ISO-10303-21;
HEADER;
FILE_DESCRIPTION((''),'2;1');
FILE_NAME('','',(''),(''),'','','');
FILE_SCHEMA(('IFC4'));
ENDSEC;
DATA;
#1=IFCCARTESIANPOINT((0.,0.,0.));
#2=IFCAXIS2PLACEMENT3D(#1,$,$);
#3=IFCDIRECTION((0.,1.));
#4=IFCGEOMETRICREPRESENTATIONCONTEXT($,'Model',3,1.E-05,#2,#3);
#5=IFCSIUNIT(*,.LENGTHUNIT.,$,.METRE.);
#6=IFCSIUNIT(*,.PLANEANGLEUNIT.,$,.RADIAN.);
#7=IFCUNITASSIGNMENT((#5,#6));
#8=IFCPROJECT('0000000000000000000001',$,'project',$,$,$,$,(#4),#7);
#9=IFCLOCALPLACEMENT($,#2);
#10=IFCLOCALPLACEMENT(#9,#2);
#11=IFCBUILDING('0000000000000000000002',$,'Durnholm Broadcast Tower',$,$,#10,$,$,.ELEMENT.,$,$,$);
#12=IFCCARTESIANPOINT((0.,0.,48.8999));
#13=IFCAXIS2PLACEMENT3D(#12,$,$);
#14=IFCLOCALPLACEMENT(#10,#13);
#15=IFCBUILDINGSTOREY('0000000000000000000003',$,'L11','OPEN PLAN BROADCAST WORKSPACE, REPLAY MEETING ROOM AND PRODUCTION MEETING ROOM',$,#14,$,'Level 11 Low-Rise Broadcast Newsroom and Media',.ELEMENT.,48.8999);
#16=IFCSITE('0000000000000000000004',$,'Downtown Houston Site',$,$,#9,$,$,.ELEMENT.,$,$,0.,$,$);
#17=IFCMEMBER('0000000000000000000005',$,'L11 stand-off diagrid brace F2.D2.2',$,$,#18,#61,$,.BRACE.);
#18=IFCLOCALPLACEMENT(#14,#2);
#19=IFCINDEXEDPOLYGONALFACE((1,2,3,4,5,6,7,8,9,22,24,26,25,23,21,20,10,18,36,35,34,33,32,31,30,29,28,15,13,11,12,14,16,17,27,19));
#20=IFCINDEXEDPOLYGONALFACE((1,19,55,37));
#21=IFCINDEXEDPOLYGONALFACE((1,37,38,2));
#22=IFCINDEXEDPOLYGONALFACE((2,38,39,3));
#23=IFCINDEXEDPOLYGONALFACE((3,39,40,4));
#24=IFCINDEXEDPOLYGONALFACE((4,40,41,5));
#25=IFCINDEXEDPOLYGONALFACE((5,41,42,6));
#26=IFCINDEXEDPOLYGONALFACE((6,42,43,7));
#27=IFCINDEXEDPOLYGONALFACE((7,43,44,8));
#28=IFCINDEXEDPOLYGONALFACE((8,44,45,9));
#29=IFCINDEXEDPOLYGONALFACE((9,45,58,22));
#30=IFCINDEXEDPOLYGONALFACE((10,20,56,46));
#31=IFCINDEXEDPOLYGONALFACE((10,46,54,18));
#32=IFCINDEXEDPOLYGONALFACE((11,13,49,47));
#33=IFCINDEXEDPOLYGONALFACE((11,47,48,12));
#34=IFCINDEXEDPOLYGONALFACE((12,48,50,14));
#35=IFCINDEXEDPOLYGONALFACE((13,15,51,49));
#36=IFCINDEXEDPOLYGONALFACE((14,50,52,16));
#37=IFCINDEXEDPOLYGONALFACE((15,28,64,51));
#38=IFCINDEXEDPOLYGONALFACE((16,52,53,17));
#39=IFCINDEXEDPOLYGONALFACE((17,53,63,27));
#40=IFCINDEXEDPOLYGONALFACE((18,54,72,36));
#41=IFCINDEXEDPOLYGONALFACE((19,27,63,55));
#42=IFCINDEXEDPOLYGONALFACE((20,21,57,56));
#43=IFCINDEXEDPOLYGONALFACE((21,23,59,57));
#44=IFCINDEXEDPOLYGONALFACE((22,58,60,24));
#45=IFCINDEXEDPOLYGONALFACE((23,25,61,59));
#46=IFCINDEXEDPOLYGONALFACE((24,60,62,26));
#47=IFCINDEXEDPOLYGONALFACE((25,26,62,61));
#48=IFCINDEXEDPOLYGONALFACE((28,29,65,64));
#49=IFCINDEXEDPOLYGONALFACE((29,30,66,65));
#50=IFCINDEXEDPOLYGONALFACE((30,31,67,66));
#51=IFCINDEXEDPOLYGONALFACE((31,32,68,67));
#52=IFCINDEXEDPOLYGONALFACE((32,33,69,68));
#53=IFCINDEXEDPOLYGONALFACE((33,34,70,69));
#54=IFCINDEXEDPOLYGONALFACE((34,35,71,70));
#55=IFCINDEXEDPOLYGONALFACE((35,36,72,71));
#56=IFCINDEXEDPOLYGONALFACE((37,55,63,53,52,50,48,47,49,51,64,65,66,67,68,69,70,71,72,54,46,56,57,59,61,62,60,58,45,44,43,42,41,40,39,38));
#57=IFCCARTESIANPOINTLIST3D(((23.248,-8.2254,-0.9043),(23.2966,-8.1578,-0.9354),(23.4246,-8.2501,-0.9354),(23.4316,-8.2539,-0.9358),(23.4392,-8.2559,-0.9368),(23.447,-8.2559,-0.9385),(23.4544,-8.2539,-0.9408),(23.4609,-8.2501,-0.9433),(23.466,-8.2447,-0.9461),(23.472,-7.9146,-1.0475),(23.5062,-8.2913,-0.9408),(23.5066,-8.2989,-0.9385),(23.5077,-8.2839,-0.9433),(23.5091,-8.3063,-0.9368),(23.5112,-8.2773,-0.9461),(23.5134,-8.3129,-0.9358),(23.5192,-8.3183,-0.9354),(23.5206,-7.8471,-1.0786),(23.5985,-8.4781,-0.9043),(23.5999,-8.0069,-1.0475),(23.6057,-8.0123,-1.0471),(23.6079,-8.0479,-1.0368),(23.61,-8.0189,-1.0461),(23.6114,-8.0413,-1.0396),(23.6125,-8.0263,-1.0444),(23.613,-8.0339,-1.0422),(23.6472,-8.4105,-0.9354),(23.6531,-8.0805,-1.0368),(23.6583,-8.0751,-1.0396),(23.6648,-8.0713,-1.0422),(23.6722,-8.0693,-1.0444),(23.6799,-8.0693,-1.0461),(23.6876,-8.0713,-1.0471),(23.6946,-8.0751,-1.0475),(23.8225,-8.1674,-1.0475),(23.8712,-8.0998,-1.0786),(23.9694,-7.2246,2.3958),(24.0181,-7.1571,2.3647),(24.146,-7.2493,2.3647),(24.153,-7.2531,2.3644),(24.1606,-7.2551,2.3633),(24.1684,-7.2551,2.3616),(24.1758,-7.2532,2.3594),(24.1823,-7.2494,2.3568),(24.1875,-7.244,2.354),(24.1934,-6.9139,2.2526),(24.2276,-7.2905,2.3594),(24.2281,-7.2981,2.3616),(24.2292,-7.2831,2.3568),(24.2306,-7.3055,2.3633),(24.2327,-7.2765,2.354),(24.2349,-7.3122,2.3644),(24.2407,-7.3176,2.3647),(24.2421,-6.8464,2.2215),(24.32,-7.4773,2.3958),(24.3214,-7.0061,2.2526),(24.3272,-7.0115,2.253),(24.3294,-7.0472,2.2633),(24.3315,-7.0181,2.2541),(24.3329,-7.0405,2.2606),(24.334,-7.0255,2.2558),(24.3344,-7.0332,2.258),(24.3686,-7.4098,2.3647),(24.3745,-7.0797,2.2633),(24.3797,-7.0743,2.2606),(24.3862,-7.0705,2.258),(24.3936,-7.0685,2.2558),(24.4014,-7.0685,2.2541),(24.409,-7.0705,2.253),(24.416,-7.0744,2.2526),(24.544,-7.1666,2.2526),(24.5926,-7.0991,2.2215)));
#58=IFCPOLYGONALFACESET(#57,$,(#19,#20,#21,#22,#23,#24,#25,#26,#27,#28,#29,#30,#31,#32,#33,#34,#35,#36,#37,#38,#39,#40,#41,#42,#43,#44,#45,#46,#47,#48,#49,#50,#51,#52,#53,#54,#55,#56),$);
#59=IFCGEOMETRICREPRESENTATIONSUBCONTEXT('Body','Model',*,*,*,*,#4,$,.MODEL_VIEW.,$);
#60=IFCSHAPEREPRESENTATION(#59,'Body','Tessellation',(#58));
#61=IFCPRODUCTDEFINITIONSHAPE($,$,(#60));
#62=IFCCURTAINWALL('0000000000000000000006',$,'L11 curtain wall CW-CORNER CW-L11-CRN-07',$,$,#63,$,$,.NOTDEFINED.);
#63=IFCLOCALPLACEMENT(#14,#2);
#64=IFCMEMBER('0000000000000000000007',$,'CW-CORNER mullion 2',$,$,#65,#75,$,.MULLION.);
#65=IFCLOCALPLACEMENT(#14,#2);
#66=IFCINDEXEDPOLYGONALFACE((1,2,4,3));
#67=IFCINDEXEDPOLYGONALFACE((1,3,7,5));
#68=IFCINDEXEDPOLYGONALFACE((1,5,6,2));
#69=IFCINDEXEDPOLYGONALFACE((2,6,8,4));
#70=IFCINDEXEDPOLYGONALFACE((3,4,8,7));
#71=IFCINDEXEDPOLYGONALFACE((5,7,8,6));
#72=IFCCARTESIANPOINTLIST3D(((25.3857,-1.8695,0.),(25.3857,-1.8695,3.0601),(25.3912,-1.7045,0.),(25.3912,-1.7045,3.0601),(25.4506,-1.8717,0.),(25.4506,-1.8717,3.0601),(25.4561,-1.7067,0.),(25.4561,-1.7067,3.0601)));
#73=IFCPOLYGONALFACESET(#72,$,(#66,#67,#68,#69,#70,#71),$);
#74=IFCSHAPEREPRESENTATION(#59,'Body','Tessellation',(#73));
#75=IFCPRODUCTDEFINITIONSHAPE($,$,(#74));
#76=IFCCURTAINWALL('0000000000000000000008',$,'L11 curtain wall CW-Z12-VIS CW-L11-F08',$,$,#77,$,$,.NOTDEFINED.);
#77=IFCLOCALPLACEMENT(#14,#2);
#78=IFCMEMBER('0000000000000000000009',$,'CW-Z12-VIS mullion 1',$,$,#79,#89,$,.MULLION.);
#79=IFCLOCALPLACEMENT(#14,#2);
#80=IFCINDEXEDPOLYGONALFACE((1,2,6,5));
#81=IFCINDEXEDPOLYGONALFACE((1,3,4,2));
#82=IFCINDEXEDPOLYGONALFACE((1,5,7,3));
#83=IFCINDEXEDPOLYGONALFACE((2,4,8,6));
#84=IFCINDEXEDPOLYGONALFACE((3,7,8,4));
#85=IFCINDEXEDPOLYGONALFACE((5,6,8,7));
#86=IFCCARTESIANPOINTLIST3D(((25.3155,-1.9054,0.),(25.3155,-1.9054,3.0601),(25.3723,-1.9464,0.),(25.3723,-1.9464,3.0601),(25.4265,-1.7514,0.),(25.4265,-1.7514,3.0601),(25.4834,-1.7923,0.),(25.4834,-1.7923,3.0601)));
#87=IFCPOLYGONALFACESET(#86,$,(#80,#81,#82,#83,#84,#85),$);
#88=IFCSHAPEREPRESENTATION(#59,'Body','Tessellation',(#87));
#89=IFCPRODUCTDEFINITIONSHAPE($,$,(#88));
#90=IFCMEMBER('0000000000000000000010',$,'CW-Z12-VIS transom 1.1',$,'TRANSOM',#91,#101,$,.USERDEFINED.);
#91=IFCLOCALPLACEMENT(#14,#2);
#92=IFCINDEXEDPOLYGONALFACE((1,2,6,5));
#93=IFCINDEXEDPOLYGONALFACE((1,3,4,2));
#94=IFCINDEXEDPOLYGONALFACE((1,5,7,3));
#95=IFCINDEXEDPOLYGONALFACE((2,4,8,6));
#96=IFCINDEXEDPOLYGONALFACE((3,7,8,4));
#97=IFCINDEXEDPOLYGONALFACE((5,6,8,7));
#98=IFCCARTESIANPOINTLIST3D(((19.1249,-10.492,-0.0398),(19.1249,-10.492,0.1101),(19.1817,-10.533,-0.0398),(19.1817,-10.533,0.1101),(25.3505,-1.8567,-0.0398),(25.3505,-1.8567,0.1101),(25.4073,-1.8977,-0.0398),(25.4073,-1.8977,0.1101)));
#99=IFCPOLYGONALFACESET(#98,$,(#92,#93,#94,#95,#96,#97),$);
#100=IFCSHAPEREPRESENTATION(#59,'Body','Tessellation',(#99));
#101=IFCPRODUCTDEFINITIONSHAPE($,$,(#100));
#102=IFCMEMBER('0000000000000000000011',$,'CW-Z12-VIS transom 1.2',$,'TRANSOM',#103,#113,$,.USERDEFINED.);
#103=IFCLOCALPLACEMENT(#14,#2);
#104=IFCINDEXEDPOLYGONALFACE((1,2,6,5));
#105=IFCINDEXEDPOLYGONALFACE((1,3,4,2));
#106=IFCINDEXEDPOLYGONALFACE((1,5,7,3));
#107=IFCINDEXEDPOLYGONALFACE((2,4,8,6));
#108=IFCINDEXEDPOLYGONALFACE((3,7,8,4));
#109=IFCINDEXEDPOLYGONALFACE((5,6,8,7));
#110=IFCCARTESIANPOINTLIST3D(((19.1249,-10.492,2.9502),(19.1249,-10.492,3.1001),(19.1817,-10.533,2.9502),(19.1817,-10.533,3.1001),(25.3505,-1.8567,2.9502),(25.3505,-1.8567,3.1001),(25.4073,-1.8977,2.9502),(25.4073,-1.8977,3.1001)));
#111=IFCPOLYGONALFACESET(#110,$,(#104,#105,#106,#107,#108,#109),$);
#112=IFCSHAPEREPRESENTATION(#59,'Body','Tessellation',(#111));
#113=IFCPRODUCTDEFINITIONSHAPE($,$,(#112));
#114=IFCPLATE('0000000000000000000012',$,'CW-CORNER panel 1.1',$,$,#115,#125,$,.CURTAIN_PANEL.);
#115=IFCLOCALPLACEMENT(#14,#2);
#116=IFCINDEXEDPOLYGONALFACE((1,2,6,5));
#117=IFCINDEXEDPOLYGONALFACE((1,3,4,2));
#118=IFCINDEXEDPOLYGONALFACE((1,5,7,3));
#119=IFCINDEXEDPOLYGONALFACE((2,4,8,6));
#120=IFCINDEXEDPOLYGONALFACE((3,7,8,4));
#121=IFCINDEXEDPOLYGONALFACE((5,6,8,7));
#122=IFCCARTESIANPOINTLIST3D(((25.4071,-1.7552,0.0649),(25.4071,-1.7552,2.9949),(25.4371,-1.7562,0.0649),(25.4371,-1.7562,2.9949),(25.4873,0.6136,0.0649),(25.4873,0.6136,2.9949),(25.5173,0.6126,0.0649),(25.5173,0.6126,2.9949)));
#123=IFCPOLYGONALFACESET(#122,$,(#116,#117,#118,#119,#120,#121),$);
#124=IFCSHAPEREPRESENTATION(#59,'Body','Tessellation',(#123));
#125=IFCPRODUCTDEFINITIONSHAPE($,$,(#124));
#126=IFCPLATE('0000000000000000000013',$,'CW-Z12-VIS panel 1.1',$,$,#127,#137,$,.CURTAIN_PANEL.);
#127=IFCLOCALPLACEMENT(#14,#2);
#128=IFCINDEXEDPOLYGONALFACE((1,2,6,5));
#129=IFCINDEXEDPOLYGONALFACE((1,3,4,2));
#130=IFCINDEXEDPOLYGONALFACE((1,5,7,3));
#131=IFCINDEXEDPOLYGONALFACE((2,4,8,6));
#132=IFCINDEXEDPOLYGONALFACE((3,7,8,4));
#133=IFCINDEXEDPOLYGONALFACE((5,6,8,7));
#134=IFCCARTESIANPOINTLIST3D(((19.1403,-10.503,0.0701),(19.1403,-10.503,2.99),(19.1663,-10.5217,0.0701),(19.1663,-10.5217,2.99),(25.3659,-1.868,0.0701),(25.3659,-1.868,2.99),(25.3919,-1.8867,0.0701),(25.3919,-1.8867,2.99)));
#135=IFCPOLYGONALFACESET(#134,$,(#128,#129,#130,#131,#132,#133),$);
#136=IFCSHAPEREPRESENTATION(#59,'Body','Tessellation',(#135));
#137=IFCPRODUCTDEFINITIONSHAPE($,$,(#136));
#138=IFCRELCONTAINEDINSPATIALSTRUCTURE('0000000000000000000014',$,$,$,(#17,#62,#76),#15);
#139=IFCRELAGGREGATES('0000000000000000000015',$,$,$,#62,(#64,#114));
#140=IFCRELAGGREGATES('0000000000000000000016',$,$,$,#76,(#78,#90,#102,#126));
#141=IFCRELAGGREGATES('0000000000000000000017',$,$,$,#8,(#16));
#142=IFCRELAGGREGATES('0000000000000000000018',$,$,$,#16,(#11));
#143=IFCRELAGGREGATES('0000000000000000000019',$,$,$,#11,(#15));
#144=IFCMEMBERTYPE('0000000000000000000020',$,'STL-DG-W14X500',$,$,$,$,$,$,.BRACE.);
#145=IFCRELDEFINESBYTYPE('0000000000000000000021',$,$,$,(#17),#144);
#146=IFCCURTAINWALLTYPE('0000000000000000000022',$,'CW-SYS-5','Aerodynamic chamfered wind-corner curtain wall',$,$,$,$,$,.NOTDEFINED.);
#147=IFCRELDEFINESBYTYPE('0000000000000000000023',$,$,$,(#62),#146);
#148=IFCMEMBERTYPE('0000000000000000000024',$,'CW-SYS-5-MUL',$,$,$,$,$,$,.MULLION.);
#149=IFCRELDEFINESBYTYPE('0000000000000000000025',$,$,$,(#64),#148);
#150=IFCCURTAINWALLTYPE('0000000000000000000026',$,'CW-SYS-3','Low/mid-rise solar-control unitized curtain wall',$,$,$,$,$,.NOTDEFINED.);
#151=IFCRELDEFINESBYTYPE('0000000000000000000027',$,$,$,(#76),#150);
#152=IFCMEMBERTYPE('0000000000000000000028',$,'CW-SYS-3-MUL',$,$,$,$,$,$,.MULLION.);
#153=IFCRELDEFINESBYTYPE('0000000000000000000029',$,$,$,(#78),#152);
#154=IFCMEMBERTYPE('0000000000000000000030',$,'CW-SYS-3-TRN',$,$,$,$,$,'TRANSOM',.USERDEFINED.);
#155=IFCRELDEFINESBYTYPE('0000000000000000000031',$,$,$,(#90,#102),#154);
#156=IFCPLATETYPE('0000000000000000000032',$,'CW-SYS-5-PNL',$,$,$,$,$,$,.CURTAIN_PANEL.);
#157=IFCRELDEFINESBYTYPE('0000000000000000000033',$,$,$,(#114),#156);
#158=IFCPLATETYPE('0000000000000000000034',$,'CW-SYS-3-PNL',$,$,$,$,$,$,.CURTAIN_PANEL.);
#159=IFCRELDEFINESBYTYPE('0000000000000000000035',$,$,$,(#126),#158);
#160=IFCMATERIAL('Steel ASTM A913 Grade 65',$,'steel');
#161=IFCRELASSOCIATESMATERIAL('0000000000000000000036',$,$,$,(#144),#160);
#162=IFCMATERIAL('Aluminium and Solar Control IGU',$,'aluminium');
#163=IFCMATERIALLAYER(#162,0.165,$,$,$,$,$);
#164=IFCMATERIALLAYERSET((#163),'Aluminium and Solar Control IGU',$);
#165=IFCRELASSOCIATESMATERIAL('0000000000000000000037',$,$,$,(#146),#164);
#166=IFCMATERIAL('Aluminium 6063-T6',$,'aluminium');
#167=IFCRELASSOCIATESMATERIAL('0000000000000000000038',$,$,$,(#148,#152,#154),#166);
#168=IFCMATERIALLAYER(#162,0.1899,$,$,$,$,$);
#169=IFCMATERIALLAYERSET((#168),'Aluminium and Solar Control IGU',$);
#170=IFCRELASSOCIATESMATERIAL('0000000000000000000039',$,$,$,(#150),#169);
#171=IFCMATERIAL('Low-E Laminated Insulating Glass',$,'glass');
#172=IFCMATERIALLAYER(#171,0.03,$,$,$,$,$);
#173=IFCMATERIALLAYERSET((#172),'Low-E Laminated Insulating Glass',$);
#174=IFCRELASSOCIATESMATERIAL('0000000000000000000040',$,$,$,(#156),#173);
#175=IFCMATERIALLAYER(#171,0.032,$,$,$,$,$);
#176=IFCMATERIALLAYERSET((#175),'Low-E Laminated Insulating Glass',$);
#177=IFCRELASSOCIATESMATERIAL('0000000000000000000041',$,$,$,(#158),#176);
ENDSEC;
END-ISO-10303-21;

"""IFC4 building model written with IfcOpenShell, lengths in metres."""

from ifc_helpers import new_model, si_unit, direction, frame, origin, origin_2d, place, context, subcontext, project, spatial, rectangle, i_section, extrude, source, transform, mapped, material, layer, layer_set, material_profile, profile_set, type_object, type_shapes, element, aggregate, save


model = new_model("IFC4")

# Units and contexts
model_context = context("Model", 3, precision=1e-05, world=origin(), true_north=direction((0.0, 1.0)))
body_context = subcontext(model_context, "Body", "Model", "MODEL_VIEW")
ifc_project = project(units=[si_unit("LENGTHUNIT", "METRE"), si_unit("PLANEANGLEUNIT", "RADIAN")], contexts=[model_context])

# Site, building, storey
site_placement = place(None, origin())
site = spatial("IfcSite", under=ifc_project, at=site_placement, Name="Downtown Houston Site", CompositionType="ELEMENT", RefElevation=0.0)
building_placement = place(site_placement, origin())
building = spatial("IfcBuilding", under=site, at=building_placement, Name="Durnholm Broadcast Tower", CompositionType="ELEMENT")
storey_placement = place(building_placement, frame((0.0, 0.0, 48.8999)))
storey = spatial("IfcBuildingStorey", under=building, at=storey_placement, Name="L11", Description="OPEN PLAN BROADCAST WORKSPACE, REPLAY MEETING ROOM AND PRODUCTION MEETING ROOM", LongName="Level 11 Low-Rise Broadcast Newsroom and Media", CompositionType="ELEMENT", Elevation=48.8999)

# Member
ifc_material_1 = material(Name="Steel ASTM A913 Grade 65", Category="steel")
ifc_material_profile_1 = material_profile(ifc_material_1, i_section(OverallWidth=0.4321, OverallDepth=0.4978, WebThickness=0.0557, FlangeThickness=0.0889, FilletRadius=0.0305, at=origin_2d()), Name="W14X500")
ifc_profile_set_1 = profile_set([ifc_material_profile_1], Name="Steel ASTM A913 Grade 65")
member_type_1 = type_object("IfcMemberType", Name="STL-DG-W14X500", PredefinedType="BRACE", material=ifc_profile_set_1)
shared_shape_1 = source(origin(), body_context, "Body", "SweptSolid", [
    extrude(i_section(OverallWidth=0.4321, OverallDepth=0.4978, WebThickness=0.0557, FlangeThickness=0.0889, FilletRadius=0.0305, at=origin_2d()), origin(), (0.0, 0.0, 1.0), 3.5232),
])
type_shapes(member_type_1, [shared_shape_1])
for number, where, z_axis, x_axis, name in (
    (1, (23.5596, -8.1626, -0.9915), (0.204773, 0.284049, 0.936688), (-0.811185, 0.584789, 0.0), "L11 stand-off diagrid brace F2.D2.2"),
):
    element("IfcMember", number, at=place(storey_placement, frame(where, z_axis=z_axis, x_axis=x_axis)), inside=storey, type_object=member_type_1, Name=name, PredefinedType="BRACE", context=body_context, shape_type="MappedRepresentation", body=[
        mapped(shared_shape_1, transform((0.0, 0.0, 0.0), x_axis=(1.0, 0.0, 0.0), y_axis=(0.0, 1.0, 0.0), z_axis=(0.0, 0.0, 1.0), scale=1.0)),
    ])

# Curtain wall, member
ifc_material_2 = material(Name="Aluminium and Solar Control IGU", Category="aluminium")
ifc_layer_1 = layer(ifc_material_2, 0.165)
ifc_layer_set_1 = layer_set([ifc_layer_1], Name="Aluminium and Solar Control IGU")
curtain_wall_type_1 = type_object("IfcCurtainWallType", Name="CW-SYS-5", Description="Aerodynamic chamfered wind-corner curtain wall", PredefinedType="NOTDEFINED", material=ifc_layer_set_1)
curtain_wall_1_placement = place(storey_placement, origin())
curtain_wall_1 = element("IfcCurtainWall", 2, at=curtain_wall_1_placement, inside=storey, type_object=curtain_wall_type_1, Name="L11 curtain wall CW-CORNER CW-L11-CRN-07", PredefinedType="NOTDEFINED")
ifc_material_3 = material(Name="Aluminium 6063-T6", Category="aluminium")
ifc_material_profile_2 = material_profile(ifc_material_3, rectangle(XDim=0.0649, YDim=0.165, at=origin_2d()), Name="CWM65X165")
ifc_profile_set_2 = profile_set([ifc_material_profile_2], Name="Aluminium 6063-T6")
member_type_2 = type_object("IfcMemberType", Name="CW-SYS-5-MUL", PredefinedType="MULLION", material=ifc_profile_set_2)
shared_shape_2 = source(origin(), body_context, "Body", "SweptSolid", [
    extrude(rectangle(XDim=0.0649, YDim=0.165, at=origin_2d()), origin(), (0.0, 0.0, 1.0), 3.0601),
])
type_shapes(member_type_2, [shared_shape_2])
member_1_placement = place(storey_placement, frame((25.4209, -1.7881, 0.0), z_axis=(0.0, 0.0, 1.0), x_axis=(0.999427, -0.03384, 0.0)))
member_1 = element("IfcMember", 3, at=member_1_placement, type_object=member_type_2, Name="CW-CORNER mullion 2", PredefinedType="MULLION", context=body_context, shape_type="MappedRepresentation", body=[
    mapped(shared_shape_2, transform((0.0, 0.0, 0.0), x_axis=(1.0, 0.0, 0.0), y_axis=(0.0, 1.0, 0.0), z_axis=(0.0, 0.0, 1.0), scale=1.0)),
])

# Curtain wall, members
ifc_layer_2 = layer(ifc_material_2, 0.1899)
ifc_layer_set_2 = layer_set([ifc_layer_2], Name="Aluminium and Solar Control IGU")
curtain_wall_type_2 = type_object("IfcCurtainWallType", Name="CW-SYS-3", Description="Low/mid-rise solar-control unitized curtain wall", PredefinedType="NOTDEFINED", material=ifc_layer_set_2)
curtain_wall_2_placement = place(storey_placement, origin())
curtain_wall_2 = element("IfcCurtainWall", 4, at=curtain_wall_2_placement, inside=storey, type_object=curtain_wall_type_2, Name="L11 curtain wall CW-Z12-VIS CW-L11-F08", PredefinedType="NOTDEFINED")
ifc_material_profile_3 = material_profile(ifc_material_3, rectangle(XDim=0.0701, YDim=0.1899, at=origin_2d()), Name="CWM70X190")
ifc_profile_set_3 = profile_set([ifc_material_profile_3], Name="Aluminium 6063-T6")
member_type_3 = type_object("IfcMemberType", Name="CW-SYS-3-MUL", PredefinedType="MULLION", material=ifc_profile_set_3)
shared_shape_3 = source(origin(), body_context, "Body", "SweptSolid", [
    extrude(rectangle(XDim=0.0701, YDim=0.1899, at=origin_2d()), origin(), (0.0, 0.0, 1.0), 3.0601),
])
type_shapes(member_type_3, [shared_shape_3])
member_2_placement = place(storey_placement, frame((25.3994, -1.8489, 0.0), z_axis=(0.0, 0.0, 1.0), x_axis=(0.811161, -0.584823, 0.0)))
member_2 = element("IfcMember", 5, at=member_2_placement, type_object=member_type_3, Name="CW-Z12-VIS mullion 1", PredefinedType="MULLION", context=body_context, shape_type="MappedRepresentation", body=[
    mapped(shared_shape_3, transform((0.0, 0.0, 0.0), x_axis=(1.0, 0.0, 0.0), y_axis=(0.0, 1.0, 0.0), z_axis=(0.0, 0.0, 1.0), scale=1.0)),
])
ifc_material_profile_4 = material_profile(ifc_material_3, rectangle(XDim=0.0701, YDim=0.1499, at=origin_2d()), Name="CWT70X150")
ifc_profile_set_4 = profile_set([ifc_material_profile_4], Name="Aluminium 6063-T6")
member_type_4 = type_object("IfcMemberType", Name="CW-SYS-3-TRN", ElementType="TRANSOM", PredefinedType="USERDEFINED", material=ifc_profile_set_4)
shared_shape_4 = source(origin(), body_context, "Body", "SweptSolid", [
    extrude(rectangle(XDim=0.0701, YDim=0.1499, at=origin_2d()), origin(), (0.0, 0.0, 1.0), 10.6455),
])
type_shapes(member_type_4, [shared_shape_4])
member_3_placement = place(storey_placement, frame((25.3789, -1.8772, 0.0352), z_axis=(-0.584812, -0.811169, 0.0), x_axis=(0.811169, -0.584812, 0.0)))
member_3 = element("IfcMember", 6, at=member_3_placement, type_object=member_type_4, Name="CW-Z12-VIS transom 1.1", ObjectType="TRANSOM", PredefinedType="USERDEFINED", context=body_context, shape_type="MappedRepresentation", body=[
    mapped(shared_shape_4, transform((0.0, 0.0, 0.0), x_axis=(1.0, 0.0, 0.0), y_axis=(0.0, 1.0, 0.0), z_axis=(0.0, 0.0, 1.0), scale=1.0)),
])
member_4_placement = place(storey_placement, frame((25.3789, -1.8772, 3.0251), z_axis=(-0.584812, -0.811169, 0.0), x_axis=(0.811169, -0.584812, 0.0)))
member_4 = element("IfcMember", 7, at=member_4_placement, type_object=member_type_4, Name="CW-Z12-VIS transom 1.2", ObjectType="TRANSOM", PredefinedType="USERDEFINED", context=body_context, shape_type="MappedRepresentation", body=[
    mapped(shared_shape_4, transform((0.0, 0.0, 0.0), x_axis=(1.0, 0.0, 0.0), y_axis=(0.0, 1.0, 0.0), z_axis=(0.0, 0.0, 1.0), scale=1.0)),
])

# Plates
ifc_material_4 = material(Name="Low-E Laminated Insulating Glass", Category="glass")
ifc_layer_3 = layer(ifc_material_4, 0.03)
ifc_layer_set_3 = layer_set([ifc_layer_3], Name="Low-E Laminated Insulating Glass")
plate_type_1 = type_object("IfcPlateType", Name="CW-SYS-5-PNL", PredefinedType="CURTAIN_PANEL", material=ifc_layer_set_3)
shared_shape_5 = source(origin(), body_context, "Body", "SweptSolid", [
    extrude(rectangle(XDim=2.3701, YDim=0.03, at=origin_2d()), origin(), (0.0, 0.0, 1.0), 2.9299),
])
type_shapes(plate_type_1, [shared_shape_5])
plate_1_placement = place(storey_placement, frame((25.4622, -0.5713, 0.0649), z_axis=(0.0, 0.0, 1.0), x_axis=(-0.03384, -0.999427, 0.0)))
plate_1 = element("IfcPlate", 8, at=plate_1_placement, type_object=plate_type_1, Name="CW-CORNER panel 1.1", PredefinedType="CURTAIN_PANEL", context=body_context, shape_type="MappedRepresentation", body=[
    mapped(shared_shape_5, transform((0.0, 0.0, 0.0), x_axis=(1.0, 0.0, 0.0), y_axis=(0.0, 1.0, 0.0), z_axis=(0.0, 0.0, 1.0), scale=1.0)),
])
aggregate(curtain_wall_1, [member_1, plate_1])
ifc_layer_4 = layer(ifc_material_4, 0.032)
ifc_layer_set_4 = layer_set([ifc_layer_4], Name="Low-E Laminated Insulating Glass")
plate_type_2 = type_object("IfcPlateType", Name="CW-SYS-3-PNL", PredefinedType="CURTAIN_PANEL", material=ifc_layer_set_4)
shared_shape_6 = source(origin(), body_context, "Body", "SweptSolid", [
    extrude(rectangle(XDim=10.6453, YDim=0.032, at=origin_2d()), origin(), (0.0, 0.0, 1.0), 2.9199),
])
type_shapes(plate_type_2, [shared_shape_6])
plate_2_placement = place(storey_placement, frame((22.2661, -6.1948, 0.0701), z_axis=(0.0, 0.0, 1.0), x_axis=(-0.584823, -0.811161, 0.0)))
plate_2 = element("IfcPlate", 9, at=plate_2_placement, type_object=plate_type_2, Name="CW-Z12-VIS panel 1.1", PredefinedType="CURTAIN_PANEL", context=body_context, shape_type="MappedRepresentation", body=[
    mapped(shared_shape_6, transform((0.0, 0.0, 0.0), x_axis=(1.0, 0.0, 0.0), y_axis=(0.0, 1.0, 0.0), z_axis=(0.0, 0.0, 1.0), scale=1.0)),
])
aggregate(curtain_wall_2, [member_2, member_3, member_4, plate_2])

save(model, "model.ifc")
